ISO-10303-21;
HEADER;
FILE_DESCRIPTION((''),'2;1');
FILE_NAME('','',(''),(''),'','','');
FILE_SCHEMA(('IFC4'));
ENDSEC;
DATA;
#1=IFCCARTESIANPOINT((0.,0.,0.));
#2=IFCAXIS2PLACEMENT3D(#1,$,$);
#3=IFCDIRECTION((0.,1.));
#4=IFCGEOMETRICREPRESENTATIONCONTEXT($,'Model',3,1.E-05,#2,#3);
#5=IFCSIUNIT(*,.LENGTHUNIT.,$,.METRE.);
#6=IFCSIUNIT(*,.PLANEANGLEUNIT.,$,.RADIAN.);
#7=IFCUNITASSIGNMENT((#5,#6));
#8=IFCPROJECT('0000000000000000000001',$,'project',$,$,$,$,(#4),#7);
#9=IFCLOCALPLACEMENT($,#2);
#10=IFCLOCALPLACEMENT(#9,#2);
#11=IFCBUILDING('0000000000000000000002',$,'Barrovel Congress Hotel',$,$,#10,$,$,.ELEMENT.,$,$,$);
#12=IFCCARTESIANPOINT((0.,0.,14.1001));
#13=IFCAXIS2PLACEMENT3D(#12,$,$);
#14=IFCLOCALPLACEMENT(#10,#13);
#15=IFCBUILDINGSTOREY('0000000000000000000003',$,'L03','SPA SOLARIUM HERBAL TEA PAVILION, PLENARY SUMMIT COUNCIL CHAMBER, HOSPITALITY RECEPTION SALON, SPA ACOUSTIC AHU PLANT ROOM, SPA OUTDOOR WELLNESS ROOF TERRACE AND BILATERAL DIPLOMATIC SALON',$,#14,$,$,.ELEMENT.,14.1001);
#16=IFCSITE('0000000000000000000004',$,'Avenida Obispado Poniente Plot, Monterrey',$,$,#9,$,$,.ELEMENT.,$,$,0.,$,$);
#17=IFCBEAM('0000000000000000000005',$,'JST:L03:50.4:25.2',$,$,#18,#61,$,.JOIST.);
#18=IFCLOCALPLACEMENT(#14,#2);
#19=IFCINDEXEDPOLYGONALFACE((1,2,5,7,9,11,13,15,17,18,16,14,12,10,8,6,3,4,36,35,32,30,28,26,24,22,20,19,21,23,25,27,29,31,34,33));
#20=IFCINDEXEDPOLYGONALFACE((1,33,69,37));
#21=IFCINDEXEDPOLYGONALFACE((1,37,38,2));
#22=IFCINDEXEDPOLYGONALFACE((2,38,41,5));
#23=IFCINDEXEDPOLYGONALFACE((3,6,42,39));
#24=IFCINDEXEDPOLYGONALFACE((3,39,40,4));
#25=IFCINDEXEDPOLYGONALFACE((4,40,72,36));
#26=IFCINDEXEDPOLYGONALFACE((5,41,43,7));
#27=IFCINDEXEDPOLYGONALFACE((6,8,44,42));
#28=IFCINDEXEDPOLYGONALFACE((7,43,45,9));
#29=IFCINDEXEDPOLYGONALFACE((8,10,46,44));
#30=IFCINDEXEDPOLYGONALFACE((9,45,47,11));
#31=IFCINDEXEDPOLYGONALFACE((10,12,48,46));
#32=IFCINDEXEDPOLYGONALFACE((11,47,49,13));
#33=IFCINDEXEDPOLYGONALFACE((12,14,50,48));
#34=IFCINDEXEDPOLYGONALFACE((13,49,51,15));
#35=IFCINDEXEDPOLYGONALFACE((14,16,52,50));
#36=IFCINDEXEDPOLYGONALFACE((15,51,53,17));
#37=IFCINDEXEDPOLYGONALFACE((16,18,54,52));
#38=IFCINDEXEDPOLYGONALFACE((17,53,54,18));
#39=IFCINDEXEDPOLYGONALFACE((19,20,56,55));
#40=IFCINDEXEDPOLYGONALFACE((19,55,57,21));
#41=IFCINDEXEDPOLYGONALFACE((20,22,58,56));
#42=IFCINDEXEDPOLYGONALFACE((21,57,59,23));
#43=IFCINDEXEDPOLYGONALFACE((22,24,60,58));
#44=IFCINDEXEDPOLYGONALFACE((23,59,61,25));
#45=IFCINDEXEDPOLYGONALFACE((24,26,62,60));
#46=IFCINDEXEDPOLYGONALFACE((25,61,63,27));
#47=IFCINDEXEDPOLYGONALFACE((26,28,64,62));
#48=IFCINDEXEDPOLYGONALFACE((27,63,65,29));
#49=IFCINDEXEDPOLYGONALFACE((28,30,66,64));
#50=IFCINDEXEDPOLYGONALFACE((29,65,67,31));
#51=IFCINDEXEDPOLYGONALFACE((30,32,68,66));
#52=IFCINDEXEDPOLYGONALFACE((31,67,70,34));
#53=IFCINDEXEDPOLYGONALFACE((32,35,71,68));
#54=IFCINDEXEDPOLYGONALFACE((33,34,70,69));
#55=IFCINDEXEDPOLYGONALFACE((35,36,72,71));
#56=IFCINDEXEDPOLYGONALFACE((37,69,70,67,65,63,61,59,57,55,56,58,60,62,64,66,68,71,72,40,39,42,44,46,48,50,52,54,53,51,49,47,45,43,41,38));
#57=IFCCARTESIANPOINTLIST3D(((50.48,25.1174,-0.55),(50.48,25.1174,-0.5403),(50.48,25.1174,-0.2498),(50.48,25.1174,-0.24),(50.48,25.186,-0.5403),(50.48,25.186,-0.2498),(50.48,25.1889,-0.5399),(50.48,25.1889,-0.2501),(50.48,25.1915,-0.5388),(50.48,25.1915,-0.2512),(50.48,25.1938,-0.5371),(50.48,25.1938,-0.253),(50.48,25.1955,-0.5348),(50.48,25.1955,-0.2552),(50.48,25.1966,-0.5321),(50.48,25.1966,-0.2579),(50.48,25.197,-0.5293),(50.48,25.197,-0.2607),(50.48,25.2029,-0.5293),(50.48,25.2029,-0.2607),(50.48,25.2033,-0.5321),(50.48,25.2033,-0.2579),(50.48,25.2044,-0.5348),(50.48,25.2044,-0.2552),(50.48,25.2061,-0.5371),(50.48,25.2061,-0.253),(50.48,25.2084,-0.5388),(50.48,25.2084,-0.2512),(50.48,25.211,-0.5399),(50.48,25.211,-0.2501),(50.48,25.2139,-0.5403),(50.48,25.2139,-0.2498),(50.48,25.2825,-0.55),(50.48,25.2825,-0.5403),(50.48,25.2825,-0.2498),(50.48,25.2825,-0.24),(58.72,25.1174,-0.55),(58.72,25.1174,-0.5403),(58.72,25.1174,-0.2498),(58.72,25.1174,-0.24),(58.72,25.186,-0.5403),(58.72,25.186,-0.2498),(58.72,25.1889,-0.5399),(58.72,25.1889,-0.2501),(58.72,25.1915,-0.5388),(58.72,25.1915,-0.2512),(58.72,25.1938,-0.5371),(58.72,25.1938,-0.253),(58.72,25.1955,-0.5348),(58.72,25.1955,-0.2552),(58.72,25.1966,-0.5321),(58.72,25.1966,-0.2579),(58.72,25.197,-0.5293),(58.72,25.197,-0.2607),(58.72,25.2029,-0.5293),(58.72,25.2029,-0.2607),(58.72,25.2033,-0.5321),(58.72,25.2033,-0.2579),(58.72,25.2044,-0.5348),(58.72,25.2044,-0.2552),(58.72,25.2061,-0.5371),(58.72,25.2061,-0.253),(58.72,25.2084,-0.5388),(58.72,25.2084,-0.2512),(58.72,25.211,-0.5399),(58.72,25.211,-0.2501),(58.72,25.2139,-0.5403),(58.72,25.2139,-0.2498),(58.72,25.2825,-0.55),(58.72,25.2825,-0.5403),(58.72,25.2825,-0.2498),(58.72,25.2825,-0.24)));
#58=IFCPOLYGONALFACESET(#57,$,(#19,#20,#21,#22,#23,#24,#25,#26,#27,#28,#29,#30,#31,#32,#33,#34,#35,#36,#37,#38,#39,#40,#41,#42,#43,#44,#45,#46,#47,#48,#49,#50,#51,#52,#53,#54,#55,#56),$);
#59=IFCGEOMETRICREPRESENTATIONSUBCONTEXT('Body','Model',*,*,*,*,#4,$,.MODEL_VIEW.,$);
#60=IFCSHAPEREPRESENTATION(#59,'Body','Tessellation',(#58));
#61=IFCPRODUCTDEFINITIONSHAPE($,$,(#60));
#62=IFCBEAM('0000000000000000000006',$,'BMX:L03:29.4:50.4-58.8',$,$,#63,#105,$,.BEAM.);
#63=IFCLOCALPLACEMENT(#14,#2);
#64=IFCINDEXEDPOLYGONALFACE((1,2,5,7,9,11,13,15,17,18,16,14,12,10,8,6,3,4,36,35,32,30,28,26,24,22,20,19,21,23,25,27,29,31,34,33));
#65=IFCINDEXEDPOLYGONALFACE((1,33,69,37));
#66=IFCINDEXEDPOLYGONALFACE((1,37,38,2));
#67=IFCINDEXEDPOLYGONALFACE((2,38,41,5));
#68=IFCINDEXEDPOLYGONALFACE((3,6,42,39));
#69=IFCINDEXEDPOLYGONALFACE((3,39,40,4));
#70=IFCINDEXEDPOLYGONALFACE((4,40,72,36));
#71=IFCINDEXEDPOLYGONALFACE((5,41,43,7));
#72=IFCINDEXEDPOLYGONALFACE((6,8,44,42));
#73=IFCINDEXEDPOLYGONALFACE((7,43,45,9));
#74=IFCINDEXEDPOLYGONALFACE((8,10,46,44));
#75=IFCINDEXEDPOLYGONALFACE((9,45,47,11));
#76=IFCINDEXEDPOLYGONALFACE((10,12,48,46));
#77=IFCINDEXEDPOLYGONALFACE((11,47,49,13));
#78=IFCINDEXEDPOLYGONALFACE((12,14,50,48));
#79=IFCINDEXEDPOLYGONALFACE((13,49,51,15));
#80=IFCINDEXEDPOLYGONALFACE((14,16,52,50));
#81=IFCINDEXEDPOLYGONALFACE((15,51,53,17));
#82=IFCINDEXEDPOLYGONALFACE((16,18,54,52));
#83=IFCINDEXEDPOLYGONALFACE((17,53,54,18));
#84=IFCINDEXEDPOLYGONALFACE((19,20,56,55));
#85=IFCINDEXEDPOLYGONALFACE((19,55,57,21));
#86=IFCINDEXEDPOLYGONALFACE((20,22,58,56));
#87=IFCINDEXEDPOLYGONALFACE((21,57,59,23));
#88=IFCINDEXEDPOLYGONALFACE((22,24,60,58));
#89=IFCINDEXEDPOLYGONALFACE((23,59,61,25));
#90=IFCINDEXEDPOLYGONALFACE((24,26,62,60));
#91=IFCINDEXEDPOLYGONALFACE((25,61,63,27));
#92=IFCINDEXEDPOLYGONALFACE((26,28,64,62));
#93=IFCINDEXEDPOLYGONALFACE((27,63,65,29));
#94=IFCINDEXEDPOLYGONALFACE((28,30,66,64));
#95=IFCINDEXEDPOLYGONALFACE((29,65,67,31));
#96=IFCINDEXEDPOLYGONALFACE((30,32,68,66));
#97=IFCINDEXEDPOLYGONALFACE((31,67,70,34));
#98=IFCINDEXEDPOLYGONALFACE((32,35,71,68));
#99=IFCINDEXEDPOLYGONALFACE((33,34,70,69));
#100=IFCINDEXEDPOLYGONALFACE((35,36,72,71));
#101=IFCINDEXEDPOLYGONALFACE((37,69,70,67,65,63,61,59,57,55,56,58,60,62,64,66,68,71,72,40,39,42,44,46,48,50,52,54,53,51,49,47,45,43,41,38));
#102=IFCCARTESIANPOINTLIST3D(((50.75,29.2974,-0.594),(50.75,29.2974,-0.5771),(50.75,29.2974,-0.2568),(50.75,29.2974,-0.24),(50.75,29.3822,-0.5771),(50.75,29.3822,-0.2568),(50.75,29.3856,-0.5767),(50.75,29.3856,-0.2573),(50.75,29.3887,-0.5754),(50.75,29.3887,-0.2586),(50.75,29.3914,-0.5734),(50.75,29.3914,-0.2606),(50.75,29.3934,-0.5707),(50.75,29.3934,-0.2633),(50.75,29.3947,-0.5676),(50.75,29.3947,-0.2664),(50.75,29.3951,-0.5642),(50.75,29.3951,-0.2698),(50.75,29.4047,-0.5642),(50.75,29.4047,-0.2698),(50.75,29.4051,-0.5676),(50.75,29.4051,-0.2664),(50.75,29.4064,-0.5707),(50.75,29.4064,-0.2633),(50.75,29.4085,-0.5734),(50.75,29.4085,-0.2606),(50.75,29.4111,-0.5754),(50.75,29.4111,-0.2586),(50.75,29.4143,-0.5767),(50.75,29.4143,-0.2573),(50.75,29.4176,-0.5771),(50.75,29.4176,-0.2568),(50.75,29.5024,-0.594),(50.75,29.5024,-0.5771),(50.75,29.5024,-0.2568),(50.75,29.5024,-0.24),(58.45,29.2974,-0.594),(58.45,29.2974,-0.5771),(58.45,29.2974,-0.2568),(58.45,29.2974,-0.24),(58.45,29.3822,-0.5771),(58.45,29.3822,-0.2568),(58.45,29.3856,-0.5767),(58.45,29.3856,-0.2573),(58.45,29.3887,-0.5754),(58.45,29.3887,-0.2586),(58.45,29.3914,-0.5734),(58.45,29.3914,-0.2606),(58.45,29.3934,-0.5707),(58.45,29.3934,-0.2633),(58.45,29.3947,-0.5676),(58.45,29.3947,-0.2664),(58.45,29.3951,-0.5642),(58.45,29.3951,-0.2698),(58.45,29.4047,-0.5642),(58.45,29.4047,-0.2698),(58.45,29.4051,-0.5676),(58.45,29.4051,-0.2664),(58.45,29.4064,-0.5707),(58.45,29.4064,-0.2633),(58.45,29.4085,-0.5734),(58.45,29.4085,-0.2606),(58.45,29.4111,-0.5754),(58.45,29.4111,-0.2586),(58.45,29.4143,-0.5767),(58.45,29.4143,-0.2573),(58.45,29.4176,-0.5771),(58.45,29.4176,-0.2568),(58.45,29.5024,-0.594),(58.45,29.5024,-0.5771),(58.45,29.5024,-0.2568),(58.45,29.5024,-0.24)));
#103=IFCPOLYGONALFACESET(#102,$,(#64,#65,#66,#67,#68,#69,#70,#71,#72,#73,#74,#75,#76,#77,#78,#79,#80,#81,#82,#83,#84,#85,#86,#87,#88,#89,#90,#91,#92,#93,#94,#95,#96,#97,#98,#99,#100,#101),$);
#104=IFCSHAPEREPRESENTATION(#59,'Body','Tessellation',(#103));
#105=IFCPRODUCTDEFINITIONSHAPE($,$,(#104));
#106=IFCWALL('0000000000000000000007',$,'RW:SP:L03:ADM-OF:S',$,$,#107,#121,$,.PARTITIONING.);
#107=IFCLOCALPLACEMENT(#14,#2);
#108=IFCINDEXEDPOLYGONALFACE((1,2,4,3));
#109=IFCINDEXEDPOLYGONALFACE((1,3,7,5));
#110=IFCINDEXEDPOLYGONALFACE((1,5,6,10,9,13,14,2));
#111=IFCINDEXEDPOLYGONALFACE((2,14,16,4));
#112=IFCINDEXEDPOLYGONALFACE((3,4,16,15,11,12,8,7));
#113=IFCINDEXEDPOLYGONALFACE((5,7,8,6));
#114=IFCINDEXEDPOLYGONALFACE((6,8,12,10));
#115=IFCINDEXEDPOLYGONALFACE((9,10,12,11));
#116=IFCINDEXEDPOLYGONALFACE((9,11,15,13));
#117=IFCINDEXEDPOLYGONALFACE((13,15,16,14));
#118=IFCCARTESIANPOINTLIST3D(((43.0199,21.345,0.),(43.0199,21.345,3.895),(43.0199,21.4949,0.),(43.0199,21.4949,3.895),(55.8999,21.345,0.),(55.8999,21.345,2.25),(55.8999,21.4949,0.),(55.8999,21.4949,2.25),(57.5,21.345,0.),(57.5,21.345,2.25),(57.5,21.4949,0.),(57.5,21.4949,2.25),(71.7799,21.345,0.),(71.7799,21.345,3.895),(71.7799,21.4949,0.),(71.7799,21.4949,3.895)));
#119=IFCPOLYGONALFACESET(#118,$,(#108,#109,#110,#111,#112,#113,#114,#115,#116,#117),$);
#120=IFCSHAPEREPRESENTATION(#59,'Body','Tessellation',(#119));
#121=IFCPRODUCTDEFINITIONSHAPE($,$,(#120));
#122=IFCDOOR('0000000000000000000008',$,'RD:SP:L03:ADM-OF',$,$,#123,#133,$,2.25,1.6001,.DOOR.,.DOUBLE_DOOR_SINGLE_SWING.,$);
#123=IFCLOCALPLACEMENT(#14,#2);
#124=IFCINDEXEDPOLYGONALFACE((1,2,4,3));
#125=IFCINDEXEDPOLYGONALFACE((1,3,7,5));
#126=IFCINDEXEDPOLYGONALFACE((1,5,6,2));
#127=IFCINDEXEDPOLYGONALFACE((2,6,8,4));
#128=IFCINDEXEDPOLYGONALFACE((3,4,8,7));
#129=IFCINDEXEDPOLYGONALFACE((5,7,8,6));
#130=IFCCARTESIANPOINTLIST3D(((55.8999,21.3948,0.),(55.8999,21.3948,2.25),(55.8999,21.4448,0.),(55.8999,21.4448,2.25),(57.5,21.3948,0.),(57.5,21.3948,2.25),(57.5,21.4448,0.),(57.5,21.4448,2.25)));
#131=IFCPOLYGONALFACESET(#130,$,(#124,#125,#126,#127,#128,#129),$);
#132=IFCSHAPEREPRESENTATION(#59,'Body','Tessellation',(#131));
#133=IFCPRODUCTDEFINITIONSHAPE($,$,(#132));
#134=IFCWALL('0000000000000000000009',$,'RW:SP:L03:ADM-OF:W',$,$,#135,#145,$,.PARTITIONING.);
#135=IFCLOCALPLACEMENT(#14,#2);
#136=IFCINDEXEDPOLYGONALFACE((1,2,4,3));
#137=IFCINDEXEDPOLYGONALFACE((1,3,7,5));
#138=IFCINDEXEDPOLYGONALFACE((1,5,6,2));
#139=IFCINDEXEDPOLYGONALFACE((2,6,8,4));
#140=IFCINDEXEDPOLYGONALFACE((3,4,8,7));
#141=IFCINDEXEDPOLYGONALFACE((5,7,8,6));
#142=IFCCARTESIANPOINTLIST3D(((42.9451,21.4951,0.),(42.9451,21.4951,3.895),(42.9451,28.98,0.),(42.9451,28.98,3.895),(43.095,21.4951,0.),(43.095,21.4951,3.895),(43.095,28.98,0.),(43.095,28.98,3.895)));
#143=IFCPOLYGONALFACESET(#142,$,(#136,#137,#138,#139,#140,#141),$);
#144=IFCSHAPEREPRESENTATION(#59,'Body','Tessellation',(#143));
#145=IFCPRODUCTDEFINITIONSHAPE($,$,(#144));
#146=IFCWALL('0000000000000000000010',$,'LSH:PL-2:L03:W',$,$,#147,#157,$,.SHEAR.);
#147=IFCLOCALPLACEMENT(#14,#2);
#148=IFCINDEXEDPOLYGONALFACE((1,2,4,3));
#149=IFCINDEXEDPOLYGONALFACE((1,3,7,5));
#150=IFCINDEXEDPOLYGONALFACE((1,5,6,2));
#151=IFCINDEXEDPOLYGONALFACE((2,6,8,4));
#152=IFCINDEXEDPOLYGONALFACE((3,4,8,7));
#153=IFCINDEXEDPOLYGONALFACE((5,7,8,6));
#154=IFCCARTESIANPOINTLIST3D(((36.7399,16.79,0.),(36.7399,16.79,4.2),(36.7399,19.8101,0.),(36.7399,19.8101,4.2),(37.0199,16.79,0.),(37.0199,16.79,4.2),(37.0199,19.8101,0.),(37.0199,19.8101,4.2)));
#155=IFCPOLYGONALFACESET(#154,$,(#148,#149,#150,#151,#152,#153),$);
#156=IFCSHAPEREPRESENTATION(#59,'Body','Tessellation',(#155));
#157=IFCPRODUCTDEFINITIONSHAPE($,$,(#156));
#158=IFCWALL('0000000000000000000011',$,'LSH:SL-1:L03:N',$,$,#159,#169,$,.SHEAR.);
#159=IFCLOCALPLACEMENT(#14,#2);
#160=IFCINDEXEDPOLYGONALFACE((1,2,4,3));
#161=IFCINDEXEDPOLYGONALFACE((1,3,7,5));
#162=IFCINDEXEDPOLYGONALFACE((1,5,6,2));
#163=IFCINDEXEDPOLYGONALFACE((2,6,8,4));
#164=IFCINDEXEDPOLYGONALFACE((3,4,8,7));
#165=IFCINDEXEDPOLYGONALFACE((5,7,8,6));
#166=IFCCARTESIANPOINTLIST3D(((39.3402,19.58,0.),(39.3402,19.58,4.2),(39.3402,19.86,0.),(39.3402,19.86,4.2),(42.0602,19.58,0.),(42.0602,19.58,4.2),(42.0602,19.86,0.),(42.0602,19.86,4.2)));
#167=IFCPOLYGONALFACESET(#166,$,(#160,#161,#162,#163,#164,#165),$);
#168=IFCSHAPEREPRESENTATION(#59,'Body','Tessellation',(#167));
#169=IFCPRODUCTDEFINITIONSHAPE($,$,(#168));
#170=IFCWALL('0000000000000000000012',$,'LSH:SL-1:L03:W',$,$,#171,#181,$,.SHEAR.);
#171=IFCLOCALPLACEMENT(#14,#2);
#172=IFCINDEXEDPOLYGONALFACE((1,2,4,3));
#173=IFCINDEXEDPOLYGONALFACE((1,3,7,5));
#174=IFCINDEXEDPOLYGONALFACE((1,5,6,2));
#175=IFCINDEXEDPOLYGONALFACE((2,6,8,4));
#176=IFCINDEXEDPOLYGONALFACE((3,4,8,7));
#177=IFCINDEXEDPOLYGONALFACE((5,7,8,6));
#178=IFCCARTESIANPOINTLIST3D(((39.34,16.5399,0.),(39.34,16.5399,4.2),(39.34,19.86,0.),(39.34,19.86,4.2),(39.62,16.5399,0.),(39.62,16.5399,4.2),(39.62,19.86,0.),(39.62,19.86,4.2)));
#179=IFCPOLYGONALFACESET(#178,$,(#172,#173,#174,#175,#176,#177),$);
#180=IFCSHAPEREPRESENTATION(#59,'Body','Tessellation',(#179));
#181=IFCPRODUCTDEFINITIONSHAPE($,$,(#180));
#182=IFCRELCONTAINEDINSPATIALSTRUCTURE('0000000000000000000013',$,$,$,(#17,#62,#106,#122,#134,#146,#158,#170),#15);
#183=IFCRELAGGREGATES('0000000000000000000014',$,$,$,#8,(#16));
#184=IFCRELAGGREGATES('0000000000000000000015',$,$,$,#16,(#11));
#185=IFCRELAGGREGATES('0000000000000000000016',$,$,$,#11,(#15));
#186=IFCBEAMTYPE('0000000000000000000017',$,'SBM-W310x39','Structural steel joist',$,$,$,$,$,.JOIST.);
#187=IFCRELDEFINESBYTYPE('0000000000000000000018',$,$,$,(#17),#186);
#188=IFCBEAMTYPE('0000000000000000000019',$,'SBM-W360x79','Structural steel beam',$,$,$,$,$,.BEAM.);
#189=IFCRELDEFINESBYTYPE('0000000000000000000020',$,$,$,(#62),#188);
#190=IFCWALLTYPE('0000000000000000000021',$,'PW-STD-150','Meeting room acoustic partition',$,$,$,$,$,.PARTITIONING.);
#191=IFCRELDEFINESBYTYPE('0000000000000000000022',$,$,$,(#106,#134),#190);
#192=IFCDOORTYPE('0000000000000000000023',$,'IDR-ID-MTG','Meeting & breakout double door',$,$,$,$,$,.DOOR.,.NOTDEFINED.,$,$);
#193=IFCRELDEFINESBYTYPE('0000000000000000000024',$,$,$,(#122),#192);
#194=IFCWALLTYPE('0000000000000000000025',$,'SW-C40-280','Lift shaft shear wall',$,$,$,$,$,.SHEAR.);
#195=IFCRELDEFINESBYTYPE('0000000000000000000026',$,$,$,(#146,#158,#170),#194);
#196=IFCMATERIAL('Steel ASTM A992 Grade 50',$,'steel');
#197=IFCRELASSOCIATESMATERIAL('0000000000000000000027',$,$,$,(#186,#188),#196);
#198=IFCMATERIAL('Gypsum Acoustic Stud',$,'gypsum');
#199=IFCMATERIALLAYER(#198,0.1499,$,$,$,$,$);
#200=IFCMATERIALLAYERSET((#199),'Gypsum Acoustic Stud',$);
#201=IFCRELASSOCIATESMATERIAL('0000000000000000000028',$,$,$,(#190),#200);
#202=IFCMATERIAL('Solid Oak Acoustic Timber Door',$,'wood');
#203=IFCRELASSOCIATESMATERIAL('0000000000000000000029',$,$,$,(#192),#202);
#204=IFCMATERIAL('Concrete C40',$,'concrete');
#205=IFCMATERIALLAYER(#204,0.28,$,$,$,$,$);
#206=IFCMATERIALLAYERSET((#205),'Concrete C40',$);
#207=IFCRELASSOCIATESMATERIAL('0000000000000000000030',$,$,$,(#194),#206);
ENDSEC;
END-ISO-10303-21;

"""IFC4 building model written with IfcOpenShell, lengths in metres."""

from ifc_helpers import new_model, si_unit, direction, frame, frame_2d, origin, origin_2d, place, context, subcontext, project, spatial, rectangle, i_section, extrude, material, layer, layer_set, material_profile, profile_set, type_object, element, fill, save


model = new_model("IFC4")

# Units and contexts
model_context = context("Model", 3, precision=1e-05, world=origin(), true_north=direction((0.0, 1.0)))
body_context = subcontext(model_context, "Body", "Model", "MODEL_VIEW")
ifc_project = project(units=[si_unit("LENGTHUNIT", "METRE"), si_unit("PLANEANGLEUNIT", "RADIAN")], contexts=[model_context])

# Site, building, storey
site_placement = place(None, origin())
site = spatial("IfcSite", under=ifc_project, at=site_placement, Name="Avenida Obispado Poniente Plot, Monterrey", CompositionType="ELEMENT", RefElevation=0.0)
building_placement = place(site_placement, origin())
building = spatial("IfcBuilding", under=site, at=building_placement, Name="Barrovel Congress Hotel", CompositionType="ELEMENT")
storey_placement = place(building_placement, frame((0.0, 0.0, 14.1001)))
storey = spatial("IfcBuildingStorey", under=building, at=storey_placement, Name="L03", Description="SPA SOLARIUM HERBAL TEA PAVILION, PLENARY SUMMIT COUNCIL CHAMBER, HOSPITALITY RECEPTION SALON, SPA ACOUSTIC AHU PLANT ROOM, SPA OUTDOOR WELLNESS ROOF TERRACE AND BILATERAL DIPLOMATIC SALON", CompositionType="ELEMENT", Elevation=14.1001)

# Shared definitions
ifc_material_1 = material(Name="Concrete C40", Category="concrete")

# Beams
ifc_material_2 = material(Name="Steel ASTM A992 Grade 50", Category="steel")
ifc_material_profile_1 = material_profile(ifc_material_2, i_section(OverallWidth=0.165, OverallDepth=0.3101, WebThickness=0.0059, FlangeThickness=0.0098, FilletRadius=0.011, at=origin_2d()), Name="W310x39")
ifc_profile_set_1 = profile_set([ifc_material_profile_1], Name="Steel ASTM A992 Grade 50")
beam_type_1 = type_object("IfcBeamType", Name="SBM-W310x39", Description="Structural steel joist", PredefinedType="JOIST", material=ifc_profile_set_1)
beam_1_placement = place(storey_placement, frame((50.48, 25.2, -0.395), z_axis=(1.0, 0.0, 0.0), x_axis=(0.0, 1.0, 0.0)))
element("IfcBeam", 1, at=beam_1_placement, inside=storey, type_object=beam_type_1, Name="JST:L03:50.4:25.2", PredefinedType="JOIST", context=body_context, shape_type="SweptSolid", body=[
    extrude(i_section(OverallWidth=0.165, OverallDepth=0.3101, WebThickness=0.0059, FlangeThickness=0.0098, FilletRadius=0.011, at=origin_2d()), origin(), (0.0, 0.0, 1.0), 8.24),
])
ifc_material_profile_2 = material_profile(ifc_material_2, i_section(OverallWidth=0.2051, OverallDepth=0.354, WebThickness=0.0095, FlangeThickness=0.0168, FilletRadius=0.0129, at=origin_2d()), Name="W360x79")
ifc_profile_set_2 = profile_set([ifc_material_profile_2], Name="Steel ASTM A992 Grade 50")
beam_type_2 = type_object("IfcBeamType", Name="SBM-W360x79", Description="Structural steel beam", PredefinedType="BEAM", material=ifc_profile_set_2)
beam_2_placement = place(storey_placement, frame((50.75, 29.3999, -0.417), z_axis=(1.0, 0.0, 0.0), x_axis=(0.0, 1.0, 0.0)))
element("IfcBeam", 2, at=beam_2_placement, inside=storey, type_object=beam_type_2, Name="BMX:L03:29.4:50.4-58.8", PredefinedType="BEAM", context=body_context, shape_type="SweptSolid", body=[
    extrude(i_section(OverallWidth=0.2051, OverallDepth=0.354, WebThickness=0.0095, FlangeThickness=0.0168, FilletRadius=0.0129, at=origin_2d()), origin(), (0.0, 0.0, 1.0), 7.7),
])

# Wall, opening, door
ifc_material_3 = material(Name="Gypsum Acoustic Stud", Category="gypsum")
ifc_layer_1 = layer(ifc_material_3, 0.1499)
ifc_layer_set_1 = layer_set([ifc_layer_1], Name="Gypsum Acoustic Stud")
wall_type_1 = type_object("IfcWallType", Name="PW-STD-150", Description="Meeting room acoustic partition", PredefinedType="PARTITIONING", material=ifc_layer_set_1)
wall_1_placement = place(storey_placement, frame((43.02, 21.4199, 0.0), z_axis=(0.0, 0.0, 1.0), x_axis=(1.0, 0.0, 0.0)))
wall_1 = element("IfcWall", 3, at=wall_1_placement, inside=storey, type_object=wall_type_1, Name="RW:SP:L03:ADM-OF:S", PredefinedType="PARTITIONING", context=body_context, shape_type="SweptSolid", body=[
    extrude(rectangle(XDim=28.76, YDim=0.1499, at=frame_2d((14.3799, 0.0))), origin(), (0.0, 0.0, 1.0), 3.895),
])
opening_placement = place(wall_1_placement, frame((12.8799, 0.0, 0.0)))
opening = element("IfcOpeningElement", 4, at=opening_placement, cuts=wall_1, PredefinedType="OPENING", context=body_context, shape_type="SweptSolid", body=[
    extrude(rectangle(XDim=1.6001, YDim=2.25, at=frame_2d((0.8, 1.125))), frame((0.0, 0.085, 0.0), z_axis=(0.0, -1.0, 0.0), x_axis=(1.0, 0.0, 0.0)), (0.0, 0.0, 1.0), 0.1699),
])
ifc_material_4 = material(Name="Solid Oak Acoustic Timber Door", Category="wood")
door_type = type_object("IfcDoorType", Name="IDR-ID-MTG", Description="Meeting & breakout double door", OperationType="NOTDEFINED", PredefinedType="DOOR", material=ifc_material_4)
door_placement = place(opening_placement, origin())
door = element("IfcDoor", 5, at=door_placement, inside=storey, type_object=door_type, Name="RD:SP:L03:ADM-OF", OperationType="DOUBLE_DOOR_SINGLE_SWING", OverallHeight=2.25, OverallWidth=1.6001, PredefinedType="DOOR", context=body_context, shape_type="SweptSolid", body=[
    extrude(rectangle(XDim=1.6001, YDim=2.25, at=frame_2d((0.8, 1.125))), frame((0.0, 0.0249, 0.0), z_axis=(0.0, -1.0, 0.0), x_axis=(1.0, 0.0, 0.0)), (0.0, 0.0, 1.0), 0.05),
])
fill(opening, door)

# Walls
wall_2_placement = place(storey_placement, frame((43.02, 21.4951, 0.0), z_axis=(0.0, 0.0, 1.0), x_axis=(0.0, 1.0, 0.0)))
element("IfcWall", 6, at=wall_2_placement, inside=storey, type_object=wall_type_1, Name="RW:SP:L03:ADM-OF:W", PredefinedType="PARTITIONING", context=body_context, shape_type="SweptSolid", body=[
    extrude(rectangle(XDim=7.4849, YDim=0.1499, at=frame_2d((3.7424, 0.0))), origin(), (0.0, 0.0, 1.0), 3.895),
])
ifc_layer_2 = layer(ifc_material_1, 0.28)
ifc_layer_set_2 = layer_set([ifc_layer_2], Name="Concrete C40")
wall_type_2 = type_object("IfcWallType", Name="SW-C40-280", Description="Lift shaft shear wall", PredefinedType="SHEAR", material=ifc_layer_set_2)
wall_3_placement = place(storey_placement, frame((36.8799, 19.8101, 0.0), z_axis=(0.0, 0.0, 1.0), x_axis=(0.0, -1.0, 0.0)))
element("IfcWall", 7, at=wall_3_placement, inside=storey, type_object=wall_type_2, Name="LSH:PL-2:L03:W", PredefinedType="SHEAR", context=body_context, shape_type="SweptSolid", body=[
    extrude(rectangle(XDim=3.02, YDim=0.28, at=frame_2d((1.51, 0.0))), origin(), (0.0, 0.0, 1.0), 4.2),
])
wall_4_placement = place(storey_placement, frame((42.0601, 19.72, 0.0), z_axis=(0.0, 0.0, 1.0), x_axis=(-1.0, 0.0, 0.0)))
element("IfcWall", 8, at=wall_4_placement, inside=storey, type_object=wall_type_2, Name="LSH:SL-1:L03:N", PredefinedType="SHEAR", context=body_context, shape_type="SweptSolid", body=[
    extrude(rectangle(XDim=2.72, YDim=0.28, at=frame_2d((1.3599, 0.0))), origin(), (0.0, 0.0, 1.0), 4.2),
])
wall_5_placement = place(storey_placement, frame((39.48, 19.8601, 0.0), z_axis=(0.0, 0.0, 1.0), x_axis=(0.0, -1.0, 0.0)))
element("IfcWall", 9, at=wall_5_placement, inside=storey, type_object=wall_type_2, Name="LSH:SL-1:L03:W", PredefinedType="SHEAR", context=body_context, shape_type="SweptSolid", body=[
    extrude(rectangle(XDim=3.3201, YDim=0.28, at=frame_2d((1.6602, 0.0))), origin(), (0.0, 0.0, 1.0), 4.2),
])

save(model, "model.ifc")
